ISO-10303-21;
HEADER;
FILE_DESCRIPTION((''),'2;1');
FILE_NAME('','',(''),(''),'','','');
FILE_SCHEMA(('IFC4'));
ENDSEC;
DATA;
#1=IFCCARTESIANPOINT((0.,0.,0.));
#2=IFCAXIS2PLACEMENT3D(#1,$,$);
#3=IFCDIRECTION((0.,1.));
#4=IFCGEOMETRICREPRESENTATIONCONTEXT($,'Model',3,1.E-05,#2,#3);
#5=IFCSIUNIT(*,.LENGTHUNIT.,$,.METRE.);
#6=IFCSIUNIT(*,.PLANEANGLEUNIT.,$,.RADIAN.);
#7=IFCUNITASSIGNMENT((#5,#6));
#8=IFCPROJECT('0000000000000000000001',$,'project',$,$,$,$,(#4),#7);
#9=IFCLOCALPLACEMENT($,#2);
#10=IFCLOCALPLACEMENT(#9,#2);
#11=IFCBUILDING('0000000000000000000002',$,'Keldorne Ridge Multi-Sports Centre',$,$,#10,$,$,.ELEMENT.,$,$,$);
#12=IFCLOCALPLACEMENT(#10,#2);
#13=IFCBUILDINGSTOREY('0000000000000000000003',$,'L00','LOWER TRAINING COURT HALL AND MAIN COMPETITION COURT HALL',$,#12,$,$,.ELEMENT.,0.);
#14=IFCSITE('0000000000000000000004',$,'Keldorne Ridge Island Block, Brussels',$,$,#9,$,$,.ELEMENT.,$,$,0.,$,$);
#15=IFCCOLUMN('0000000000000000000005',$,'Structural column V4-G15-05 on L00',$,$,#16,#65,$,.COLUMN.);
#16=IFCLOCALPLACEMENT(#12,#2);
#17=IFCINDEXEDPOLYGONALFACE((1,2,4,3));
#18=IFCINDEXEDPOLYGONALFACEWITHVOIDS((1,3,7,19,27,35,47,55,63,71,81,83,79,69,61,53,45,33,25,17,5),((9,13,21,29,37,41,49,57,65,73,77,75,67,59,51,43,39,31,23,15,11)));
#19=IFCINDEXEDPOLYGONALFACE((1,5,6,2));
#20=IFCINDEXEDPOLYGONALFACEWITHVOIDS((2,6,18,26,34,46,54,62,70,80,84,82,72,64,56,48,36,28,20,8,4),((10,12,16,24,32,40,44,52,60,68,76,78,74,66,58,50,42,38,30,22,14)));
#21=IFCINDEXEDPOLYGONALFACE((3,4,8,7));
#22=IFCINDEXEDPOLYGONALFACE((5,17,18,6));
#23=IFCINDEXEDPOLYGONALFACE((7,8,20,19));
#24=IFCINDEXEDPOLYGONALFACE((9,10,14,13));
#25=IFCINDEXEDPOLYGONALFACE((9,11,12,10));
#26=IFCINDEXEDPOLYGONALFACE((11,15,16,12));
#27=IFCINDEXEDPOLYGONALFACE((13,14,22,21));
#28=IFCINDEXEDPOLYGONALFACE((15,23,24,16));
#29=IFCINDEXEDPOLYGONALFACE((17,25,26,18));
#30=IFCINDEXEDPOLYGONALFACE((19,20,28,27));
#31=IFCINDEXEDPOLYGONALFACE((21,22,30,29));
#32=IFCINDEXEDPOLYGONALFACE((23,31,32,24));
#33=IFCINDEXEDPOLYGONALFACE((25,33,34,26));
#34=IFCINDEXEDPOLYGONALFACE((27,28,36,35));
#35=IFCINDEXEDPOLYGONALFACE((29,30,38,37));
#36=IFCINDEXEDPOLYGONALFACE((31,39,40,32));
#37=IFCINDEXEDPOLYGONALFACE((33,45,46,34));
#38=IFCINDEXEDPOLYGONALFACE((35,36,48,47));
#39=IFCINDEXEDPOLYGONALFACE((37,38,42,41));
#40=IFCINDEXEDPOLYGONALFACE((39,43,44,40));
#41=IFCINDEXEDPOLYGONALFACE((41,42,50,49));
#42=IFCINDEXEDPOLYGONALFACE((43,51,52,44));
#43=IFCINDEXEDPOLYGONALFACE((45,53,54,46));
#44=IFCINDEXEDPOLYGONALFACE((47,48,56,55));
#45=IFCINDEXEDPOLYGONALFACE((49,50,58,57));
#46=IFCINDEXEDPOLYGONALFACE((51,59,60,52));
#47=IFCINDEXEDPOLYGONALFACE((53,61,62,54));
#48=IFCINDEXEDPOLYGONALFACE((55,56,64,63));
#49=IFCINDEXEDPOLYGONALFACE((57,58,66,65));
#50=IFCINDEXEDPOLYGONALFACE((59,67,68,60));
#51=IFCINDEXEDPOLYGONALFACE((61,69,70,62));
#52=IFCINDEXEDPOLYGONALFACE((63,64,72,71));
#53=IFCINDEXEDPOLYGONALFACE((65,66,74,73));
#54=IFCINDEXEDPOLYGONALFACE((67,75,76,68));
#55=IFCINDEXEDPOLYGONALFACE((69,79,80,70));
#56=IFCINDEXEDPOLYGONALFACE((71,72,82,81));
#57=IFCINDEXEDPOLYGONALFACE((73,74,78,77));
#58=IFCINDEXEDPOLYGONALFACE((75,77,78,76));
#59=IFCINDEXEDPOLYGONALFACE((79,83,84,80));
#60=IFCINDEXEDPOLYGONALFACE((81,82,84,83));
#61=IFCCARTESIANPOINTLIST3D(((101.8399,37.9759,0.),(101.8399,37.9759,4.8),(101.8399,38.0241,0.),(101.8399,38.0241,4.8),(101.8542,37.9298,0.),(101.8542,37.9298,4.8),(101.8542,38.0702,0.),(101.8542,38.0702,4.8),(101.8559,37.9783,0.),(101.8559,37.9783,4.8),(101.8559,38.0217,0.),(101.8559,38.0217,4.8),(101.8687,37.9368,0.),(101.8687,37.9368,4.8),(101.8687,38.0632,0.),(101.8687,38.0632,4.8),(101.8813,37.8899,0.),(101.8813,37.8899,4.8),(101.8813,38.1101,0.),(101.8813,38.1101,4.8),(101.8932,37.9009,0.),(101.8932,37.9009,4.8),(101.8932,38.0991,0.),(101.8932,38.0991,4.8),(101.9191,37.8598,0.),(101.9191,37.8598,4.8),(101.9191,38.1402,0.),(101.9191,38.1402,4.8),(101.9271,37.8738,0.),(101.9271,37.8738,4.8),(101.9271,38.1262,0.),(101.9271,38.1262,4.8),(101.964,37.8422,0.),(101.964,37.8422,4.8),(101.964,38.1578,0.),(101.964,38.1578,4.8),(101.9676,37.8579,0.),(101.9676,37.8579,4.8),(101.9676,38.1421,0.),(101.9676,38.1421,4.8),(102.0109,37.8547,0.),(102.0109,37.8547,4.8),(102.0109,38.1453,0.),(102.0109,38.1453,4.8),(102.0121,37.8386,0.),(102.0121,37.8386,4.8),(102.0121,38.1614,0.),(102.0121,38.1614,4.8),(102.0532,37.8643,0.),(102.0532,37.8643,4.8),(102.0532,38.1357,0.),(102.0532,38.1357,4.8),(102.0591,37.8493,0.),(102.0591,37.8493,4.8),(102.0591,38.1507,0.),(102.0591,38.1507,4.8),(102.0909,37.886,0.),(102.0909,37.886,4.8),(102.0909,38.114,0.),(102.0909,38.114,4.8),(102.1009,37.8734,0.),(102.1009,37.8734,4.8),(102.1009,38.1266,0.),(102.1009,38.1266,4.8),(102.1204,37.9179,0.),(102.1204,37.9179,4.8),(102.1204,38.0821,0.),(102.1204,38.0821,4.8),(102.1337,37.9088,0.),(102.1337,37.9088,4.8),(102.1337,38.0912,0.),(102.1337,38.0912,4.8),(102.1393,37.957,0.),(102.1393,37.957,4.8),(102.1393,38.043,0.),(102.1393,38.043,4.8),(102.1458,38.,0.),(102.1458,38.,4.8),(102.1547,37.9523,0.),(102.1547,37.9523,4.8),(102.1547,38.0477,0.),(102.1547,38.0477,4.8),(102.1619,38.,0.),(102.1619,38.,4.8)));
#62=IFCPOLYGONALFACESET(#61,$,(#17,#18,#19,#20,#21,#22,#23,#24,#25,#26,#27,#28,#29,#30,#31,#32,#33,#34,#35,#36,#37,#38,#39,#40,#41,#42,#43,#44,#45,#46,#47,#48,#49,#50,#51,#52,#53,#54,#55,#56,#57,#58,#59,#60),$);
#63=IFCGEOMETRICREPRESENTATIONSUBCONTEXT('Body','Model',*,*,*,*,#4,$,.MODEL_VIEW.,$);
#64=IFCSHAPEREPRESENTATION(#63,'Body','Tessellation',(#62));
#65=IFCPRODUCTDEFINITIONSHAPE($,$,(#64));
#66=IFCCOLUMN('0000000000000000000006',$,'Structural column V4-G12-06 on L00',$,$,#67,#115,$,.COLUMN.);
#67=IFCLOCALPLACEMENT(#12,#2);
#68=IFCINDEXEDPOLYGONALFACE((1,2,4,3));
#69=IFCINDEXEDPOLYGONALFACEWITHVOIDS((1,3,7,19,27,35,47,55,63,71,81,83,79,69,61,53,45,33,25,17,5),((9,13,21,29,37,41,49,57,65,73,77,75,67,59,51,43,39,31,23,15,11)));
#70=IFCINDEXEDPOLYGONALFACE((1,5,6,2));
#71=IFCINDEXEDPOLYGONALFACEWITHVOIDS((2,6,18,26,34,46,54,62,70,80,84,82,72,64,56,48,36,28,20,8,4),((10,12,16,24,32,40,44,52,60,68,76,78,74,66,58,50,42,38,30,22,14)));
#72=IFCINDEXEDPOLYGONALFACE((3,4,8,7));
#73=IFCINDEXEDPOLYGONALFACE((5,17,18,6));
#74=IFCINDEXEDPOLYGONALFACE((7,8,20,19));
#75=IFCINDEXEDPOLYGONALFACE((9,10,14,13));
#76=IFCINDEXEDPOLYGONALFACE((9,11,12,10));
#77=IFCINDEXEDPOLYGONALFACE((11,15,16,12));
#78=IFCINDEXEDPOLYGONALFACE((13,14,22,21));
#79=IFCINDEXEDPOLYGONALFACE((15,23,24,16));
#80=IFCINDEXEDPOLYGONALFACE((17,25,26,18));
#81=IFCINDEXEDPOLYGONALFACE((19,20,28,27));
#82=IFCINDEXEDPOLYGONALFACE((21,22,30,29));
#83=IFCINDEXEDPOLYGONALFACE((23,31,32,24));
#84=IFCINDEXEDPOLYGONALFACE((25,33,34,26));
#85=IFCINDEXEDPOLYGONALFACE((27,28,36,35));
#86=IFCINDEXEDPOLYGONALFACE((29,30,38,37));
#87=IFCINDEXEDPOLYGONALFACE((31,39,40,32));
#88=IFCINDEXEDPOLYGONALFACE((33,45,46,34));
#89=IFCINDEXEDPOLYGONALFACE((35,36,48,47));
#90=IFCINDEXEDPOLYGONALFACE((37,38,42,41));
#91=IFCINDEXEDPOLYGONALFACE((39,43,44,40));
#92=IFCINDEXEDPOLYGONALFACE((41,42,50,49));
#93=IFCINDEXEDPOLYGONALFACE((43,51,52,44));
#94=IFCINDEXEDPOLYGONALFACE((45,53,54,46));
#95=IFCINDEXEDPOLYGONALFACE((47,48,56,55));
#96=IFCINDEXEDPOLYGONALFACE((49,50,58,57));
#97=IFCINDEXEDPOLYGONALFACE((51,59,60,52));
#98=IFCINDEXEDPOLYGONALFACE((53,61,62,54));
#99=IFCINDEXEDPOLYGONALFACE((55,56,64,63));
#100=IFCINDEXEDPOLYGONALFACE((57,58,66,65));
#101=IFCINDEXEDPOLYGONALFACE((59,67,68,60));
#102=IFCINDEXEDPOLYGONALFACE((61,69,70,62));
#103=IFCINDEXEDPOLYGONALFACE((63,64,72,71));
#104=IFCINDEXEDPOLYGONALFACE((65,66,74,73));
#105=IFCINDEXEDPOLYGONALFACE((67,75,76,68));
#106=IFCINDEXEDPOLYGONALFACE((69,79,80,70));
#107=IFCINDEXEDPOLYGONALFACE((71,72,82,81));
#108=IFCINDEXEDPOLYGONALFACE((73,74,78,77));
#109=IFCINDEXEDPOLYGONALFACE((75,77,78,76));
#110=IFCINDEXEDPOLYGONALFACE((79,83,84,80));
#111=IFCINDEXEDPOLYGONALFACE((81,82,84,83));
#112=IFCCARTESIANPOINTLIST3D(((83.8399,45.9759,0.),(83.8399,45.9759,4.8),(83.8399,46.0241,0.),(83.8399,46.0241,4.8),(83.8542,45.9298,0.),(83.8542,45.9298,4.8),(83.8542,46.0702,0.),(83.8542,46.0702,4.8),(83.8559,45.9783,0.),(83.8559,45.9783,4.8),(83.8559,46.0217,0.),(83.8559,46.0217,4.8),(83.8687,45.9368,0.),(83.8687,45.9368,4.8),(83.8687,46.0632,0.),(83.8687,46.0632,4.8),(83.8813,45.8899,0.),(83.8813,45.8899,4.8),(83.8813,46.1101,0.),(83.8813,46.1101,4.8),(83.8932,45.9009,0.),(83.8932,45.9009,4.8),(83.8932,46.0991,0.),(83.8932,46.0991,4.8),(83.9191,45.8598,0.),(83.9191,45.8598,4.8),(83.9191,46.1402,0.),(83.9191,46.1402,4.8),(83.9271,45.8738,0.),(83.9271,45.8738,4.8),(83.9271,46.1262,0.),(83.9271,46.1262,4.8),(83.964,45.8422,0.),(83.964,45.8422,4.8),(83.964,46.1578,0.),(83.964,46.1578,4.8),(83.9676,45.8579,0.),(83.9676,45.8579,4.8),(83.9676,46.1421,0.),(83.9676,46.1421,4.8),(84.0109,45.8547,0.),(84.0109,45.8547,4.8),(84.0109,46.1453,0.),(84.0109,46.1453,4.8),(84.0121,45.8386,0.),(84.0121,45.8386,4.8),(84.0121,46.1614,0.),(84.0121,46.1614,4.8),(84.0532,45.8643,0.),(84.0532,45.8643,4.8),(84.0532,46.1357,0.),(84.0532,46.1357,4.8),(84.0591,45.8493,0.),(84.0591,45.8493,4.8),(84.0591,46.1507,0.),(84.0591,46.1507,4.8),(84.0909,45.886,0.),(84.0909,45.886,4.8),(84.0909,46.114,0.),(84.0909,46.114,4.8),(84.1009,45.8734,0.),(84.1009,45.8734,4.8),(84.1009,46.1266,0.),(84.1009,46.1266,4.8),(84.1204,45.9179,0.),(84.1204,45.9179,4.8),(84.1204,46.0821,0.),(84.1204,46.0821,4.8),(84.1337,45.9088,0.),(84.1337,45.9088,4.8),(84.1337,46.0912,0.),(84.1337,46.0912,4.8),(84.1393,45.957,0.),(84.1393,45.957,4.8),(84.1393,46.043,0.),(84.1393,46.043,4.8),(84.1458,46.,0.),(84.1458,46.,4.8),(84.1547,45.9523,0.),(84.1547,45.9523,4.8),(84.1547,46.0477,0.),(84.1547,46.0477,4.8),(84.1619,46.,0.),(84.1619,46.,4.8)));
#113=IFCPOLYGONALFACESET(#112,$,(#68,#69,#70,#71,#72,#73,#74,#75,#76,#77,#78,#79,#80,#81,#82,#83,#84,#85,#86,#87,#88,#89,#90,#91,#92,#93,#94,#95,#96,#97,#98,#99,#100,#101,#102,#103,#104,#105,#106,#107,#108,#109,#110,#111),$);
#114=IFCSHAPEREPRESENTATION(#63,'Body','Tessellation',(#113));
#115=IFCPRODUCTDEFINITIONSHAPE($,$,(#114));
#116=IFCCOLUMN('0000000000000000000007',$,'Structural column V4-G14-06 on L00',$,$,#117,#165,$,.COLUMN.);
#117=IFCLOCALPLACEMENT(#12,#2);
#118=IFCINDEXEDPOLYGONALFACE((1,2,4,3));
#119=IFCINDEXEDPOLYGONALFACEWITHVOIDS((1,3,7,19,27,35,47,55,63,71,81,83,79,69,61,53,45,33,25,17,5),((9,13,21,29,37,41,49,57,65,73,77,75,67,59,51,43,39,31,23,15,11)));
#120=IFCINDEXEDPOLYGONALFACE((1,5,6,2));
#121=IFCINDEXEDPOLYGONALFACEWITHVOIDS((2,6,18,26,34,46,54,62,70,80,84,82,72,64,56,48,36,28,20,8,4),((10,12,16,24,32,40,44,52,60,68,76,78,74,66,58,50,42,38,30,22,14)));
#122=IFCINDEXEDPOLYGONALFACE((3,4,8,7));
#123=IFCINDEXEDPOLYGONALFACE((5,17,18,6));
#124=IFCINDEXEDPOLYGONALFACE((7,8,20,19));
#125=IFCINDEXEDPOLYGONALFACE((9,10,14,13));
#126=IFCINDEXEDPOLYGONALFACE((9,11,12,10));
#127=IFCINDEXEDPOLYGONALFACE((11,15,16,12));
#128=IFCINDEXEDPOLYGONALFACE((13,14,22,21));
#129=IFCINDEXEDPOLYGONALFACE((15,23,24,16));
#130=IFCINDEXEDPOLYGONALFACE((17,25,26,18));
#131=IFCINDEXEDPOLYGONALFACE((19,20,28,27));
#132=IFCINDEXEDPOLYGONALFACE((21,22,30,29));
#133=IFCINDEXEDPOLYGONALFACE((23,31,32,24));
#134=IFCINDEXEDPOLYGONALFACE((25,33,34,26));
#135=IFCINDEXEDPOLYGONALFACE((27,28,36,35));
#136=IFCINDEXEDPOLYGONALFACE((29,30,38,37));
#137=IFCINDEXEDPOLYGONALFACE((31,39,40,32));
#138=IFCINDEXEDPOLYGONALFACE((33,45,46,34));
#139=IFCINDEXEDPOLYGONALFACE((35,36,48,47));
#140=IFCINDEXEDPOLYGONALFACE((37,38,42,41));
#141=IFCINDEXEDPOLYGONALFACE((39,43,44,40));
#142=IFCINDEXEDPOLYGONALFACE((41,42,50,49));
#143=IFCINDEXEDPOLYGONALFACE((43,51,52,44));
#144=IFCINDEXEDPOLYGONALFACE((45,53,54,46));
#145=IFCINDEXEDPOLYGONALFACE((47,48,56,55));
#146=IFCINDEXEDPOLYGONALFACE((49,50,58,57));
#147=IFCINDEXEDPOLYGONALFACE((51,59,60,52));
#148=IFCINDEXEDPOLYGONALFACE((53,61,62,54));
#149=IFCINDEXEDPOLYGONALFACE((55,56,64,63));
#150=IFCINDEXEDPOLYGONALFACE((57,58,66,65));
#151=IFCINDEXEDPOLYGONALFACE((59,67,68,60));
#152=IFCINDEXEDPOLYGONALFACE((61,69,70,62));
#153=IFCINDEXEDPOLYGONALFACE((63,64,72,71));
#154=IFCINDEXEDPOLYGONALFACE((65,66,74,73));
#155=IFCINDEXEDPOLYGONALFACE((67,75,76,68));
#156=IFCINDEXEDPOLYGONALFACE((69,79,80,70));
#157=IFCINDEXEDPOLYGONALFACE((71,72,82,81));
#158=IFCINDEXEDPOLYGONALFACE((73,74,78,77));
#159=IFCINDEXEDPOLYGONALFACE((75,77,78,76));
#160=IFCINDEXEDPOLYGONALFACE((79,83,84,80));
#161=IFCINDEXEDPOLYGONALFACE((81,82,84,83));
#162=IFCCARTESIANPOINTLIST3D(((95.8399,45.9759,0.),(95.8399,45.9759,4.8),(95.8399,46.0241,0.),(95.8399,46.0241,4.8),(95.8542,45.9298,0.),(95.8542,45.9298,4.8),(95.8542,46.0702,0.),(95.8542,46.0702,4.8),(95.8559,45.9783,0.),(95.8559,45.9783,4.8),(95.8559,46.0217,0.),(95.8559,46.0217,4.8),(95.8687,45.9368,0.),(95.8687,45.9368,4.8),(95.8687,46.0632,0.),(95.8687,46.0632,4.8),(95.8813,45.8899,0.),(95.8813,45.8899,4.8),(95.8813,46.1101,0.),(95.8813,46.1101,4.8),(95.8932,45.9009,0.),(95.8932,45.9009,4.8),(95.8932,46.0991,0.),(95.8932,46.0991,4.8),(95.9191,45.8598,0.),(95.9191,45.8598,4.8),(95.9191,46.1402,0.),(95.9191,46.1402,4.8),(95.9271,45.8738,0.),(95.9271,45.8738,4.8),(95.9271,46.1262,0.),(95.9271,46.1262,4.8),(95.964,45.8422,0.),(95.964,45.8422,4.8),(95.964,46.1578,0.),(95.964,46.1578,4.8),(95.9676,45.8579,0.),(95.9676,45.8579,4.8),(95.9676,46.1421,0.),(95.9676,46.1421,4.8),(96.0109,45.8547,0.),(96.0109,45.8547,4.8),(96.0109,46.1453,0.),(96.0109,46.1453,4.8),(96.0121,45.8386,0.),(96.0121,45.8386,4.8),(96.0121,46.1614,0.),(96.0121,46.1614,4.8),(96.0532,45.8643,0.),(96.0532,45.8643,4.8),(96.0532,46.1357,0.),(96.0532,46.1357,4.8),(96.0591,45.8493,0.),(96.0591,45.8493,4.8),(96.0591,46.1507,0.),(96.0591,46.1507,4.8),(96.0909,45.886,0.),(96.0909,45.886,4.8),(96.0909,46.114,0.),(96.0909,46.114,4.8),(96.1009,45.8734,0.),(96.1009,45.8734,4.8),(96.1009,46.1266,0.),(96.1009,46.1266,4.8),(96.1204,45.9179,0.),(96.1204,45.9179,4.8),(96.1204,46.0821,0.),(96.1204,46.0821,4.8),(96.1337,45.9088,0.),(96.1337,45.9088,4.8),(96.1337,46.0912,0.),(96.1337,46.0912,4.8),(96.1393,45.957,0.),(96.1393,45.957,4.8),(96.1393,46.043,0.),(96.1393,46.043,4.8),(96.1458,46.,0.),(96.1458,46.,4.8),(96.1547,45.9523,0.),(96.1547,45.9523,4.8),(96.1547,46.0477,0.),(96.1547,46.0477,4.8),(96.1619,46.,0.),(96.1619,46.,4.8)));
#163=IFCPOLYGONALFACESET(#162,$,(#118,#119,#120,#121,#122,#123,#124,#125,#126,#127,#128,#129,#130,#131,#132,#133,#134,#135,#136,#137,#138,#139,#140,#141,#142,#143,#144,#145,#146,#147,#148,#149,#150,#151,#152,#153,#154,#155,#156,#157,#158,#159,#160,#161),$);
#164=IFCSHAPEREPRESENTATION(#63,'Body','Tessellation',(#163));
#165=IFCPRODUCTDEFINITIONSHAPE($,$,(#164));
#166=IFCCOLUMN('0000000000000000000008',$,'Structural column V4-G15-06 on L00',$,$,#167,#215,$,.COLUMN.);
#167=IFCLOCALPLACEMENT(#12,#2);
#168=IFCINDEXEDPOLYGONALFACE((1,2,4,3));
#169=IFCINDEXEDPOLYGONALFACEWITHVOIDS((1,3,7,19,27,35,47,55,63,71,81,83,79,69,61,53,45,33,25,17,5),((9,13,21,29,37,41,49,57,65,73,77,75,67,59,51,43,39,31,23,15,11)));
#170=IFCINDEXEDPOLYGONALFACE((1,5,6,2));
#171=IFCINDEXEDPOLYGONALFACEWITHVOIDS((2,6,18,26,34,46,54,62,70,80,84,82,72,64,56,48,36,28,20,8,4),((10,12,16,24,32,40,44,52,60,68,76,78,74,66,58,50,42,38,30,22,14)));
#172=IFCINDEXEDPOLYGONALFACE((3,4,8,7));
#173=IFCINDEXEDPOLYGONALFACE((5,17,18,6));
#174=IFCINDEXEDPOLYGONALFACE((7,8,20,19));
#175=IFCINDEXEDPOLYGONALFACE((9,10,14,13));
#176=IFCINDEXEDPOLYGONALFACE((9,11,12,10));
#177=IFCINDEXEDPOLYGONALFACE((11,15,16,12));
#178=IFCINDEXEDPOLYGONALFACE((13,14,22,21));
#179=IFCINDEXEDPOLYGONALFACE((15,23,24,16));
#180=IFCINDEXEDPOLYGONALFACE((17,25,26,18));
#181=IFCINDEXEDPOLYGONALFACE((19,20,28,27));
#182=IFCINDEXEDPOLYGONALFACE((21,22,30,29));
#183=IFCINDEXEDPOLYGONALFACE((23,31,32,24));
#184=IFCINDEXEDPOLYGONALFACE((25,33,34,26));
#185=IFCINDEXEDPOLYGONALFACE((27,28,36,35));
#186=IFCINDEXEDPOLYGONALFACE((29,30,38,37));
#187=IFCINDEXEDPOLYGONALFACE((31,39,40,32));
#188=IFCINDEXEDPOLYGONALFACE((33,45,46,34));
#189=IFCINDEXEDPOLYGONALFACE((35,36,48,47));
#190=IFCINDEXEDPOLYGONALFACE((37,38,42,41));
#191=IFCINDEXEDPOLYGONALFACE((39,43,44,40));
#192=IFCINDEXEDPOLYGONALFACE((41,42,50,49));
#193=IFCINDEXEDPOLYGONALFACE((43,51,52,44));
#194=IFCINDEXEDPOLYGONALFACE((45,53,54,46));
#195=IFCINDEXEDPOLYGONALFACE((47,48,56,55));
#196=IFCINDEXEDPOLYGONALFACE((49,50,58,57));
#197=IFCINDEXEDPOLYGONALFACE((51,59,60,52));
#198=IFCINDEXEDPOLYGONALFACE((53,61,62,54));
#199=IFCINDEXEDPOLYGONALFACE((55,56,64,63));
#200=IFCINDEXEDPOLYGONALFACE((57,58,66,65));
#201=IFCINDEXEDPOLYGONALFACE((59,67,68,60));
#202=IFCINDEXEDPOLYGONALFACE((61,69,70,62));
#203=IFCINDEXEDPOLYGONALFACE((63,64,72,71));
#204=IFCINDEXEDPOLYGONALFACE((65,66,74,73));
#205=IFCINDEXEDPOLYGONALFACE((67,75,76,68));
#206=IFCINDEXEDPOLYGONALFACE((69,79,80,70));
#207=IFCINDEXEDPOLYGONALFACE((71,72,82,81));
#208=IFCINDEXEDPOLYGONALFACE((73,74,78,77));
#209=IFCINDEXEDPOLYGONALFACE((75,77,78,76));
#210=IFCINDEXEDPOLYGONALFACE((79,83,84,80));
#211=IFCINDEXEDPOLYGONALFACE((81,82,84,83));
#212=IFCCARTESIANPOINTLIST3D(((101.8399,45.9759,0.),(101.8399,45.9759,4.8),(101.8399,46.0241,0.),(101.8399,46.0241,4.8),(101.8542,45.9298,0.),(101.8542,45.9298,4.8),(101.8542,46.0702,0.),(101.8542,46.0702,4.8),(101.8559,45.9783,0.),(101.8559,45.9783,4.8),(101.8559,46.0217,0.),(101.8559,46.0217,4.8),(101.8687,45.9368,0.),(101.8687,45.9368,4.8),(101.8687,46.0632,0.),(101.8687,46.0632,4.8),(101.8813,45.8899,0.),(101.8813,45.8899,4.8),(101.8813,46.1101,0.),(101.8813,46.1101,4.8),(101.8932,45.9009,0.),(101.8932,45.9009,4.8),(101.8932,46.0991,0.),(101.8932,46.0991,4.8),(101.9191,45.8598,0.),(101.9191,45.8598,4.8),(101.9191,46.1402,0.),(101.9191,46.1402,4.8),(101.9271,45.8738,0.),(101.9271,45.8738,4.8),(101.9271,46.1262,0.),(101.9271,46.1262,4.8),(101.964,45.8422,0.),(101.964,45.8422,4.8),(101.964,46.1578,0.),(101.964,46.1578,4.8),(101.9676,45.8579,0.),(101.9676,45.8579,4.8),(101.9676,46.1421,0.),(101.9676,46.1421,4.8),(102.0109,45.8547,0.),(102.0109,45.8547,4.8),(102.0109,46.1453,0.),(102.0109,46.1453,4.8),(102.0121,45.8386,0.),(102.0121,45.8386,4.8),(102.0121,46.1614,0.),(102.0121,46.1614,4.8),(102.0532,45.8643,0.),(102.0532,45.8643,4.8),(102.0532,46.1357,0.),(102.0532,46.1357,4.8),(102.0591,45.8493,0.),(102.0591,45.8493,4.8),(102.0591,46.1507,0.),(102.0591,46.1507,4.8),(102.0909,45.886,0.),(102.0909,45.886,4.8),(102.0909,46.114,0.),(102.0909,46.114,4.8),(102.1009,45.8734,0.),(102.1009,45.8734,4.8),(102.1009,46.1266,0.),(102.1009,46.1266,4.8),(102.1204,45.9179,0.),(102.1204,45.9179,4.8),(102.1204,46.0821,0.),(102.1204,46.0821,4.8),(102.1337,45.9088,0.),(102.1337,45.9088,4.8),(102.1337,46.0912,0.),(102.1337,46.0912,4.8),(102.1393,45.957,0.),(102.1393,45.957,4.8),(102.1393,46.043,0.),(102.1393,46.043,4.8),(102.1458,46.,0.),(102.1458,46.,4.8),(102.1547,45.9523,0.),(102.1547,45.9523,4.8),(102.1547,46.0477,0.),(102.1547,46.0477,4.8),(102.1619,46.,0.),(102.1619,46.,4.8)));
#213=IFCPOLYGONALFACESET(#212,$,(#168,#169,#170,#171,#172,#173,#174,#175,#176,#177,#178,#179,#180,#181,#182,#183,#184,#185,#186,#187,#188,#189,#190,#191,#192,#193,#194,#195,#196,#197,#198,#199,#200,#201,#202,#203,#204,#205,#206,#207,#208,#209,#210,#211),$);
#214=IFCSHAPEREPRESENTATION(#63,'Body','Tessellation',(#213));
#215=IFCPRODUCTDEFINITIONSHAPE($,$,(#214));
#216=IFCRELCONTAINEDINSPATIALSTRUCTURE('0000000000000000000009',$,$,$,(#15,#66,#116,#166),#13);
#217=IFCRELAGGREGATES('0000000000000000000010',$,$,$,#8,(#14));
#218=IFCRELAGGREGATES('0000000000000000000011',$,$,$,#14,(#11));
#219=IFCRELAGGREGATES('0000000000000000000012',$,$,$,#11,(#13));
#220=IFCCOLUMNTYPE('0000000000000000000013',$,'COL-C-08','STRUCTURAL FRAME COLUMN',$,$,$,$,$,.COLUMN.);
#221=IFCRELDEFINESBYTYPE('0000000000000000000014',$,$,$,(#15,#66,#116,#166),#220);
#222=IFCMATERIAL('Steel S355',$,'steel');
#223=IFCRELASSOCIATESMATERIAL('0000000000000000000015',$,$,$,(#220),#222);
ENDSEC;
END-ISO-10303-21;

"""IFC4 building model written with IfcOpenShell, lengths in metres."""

from ifc_helpers import new_model, si_unit, direction, frame, origin, origin_2d, place, context, subcontext, project, spatial, hollow_circle, extrude, material, material_profile, profile_set, type_object, element, save


model = new_model("IFC4")

# Units and contexts
model_context = context("Model", 3, precision=1e-05, world=origin(), true_north=direction((0.0, 1.0)))
body_context = subcontext(model_context, "Body", "Model", "MODEL_VIEW")
ifc_project = project(units=[si_unit("LENGTHUNIT", "METRE"), si_unit("PLANEANGLEUNIT", "RADIAN")], contexts=[model_context])

# Site, building, storey
site_placement = place(None, origin())
site = spatial("IfcSite", under=ifc_project, at=site_placement, Name="Keldorne Ridge Island Block, Brussels", CompositionType="ELEMENT", RefElevation=0.0)
building_placement = place(site_placement, origin())
building = spatial("IfcBuilding", under=site, at=building_placement, Name="Keldorne Ridge Multi-Sports Centre", CompositionType="ELEMENT")
storey_placement = place(building_placement, origin())
storey = spatial("IfcBuildingStorey", under=building, at=storey_placement, Name="L00", Description="LOWER TRAINING COURT HALL AND MAIN COMPETITION COURT HALL", CompositionType="ELEMENT", Elevation=0.0)

# Columns
ifc_material_1 = material(Name="Steel S355", Category="steel")
ifc_material_profile_1 = material_profile(ifc_material_1, hollow_circle(Radius=0.1619, WallThickness=0.0161, at=origin_2d()), Name="CHS 323.9x16")
ifc_profile_set_1 = profile_set([ifc_material_profile_1], Name="Steel S355")
column_type_1 = type_object("IfcColumnType", Name="COL-C-08", Description="STRUCTURAL FRAME COLUMN", PredefinedType="COLUMN", material=ifc_profile_set_1)
for number, where, z_axis, x_axis, name in (
    (1, (102.0, 38.0, 0.0), (0.0, 0.0, 1.0), (1.0, 0.0, 0.0), "Structural column V4-G15-05 on L00"),
    (2, (84.0, 46.0, 0.0), (0.0, 0.0, 1.0), (1.0, 0.0, 0.0), "Structural column V4-G12-06 on L00"),
    (3, (96.0, 46.0, 0.0), (0.0, 0.0, 1.0), (1.0, 0.0, 0.0), "Structural column V4-G14-06 on L00"),
    (4, (102.0, 46.0, 0.0), (0.0, 0.0, 1.0), (1.0, 0.0, 0.0), "Structural column V4-G15-06 on L00"),
):
    element("IfcColumn", number, at=place(storey_placement, frame(where, z_axis=z_axis, x_axis=x_axis)), inside=storey, type_object=column_type_1, Name=name, PredefinedType="COLUMN", context=body_context, shape_type="SweptSolid", body=[
        extrude(hollow_circle(Radius=0.1619, WallThickness=0.0161, at=origin_2d()), origin(), (0.0, 0.0, 1.0), 4.8),
    ])

save(model, "model.ifc")
